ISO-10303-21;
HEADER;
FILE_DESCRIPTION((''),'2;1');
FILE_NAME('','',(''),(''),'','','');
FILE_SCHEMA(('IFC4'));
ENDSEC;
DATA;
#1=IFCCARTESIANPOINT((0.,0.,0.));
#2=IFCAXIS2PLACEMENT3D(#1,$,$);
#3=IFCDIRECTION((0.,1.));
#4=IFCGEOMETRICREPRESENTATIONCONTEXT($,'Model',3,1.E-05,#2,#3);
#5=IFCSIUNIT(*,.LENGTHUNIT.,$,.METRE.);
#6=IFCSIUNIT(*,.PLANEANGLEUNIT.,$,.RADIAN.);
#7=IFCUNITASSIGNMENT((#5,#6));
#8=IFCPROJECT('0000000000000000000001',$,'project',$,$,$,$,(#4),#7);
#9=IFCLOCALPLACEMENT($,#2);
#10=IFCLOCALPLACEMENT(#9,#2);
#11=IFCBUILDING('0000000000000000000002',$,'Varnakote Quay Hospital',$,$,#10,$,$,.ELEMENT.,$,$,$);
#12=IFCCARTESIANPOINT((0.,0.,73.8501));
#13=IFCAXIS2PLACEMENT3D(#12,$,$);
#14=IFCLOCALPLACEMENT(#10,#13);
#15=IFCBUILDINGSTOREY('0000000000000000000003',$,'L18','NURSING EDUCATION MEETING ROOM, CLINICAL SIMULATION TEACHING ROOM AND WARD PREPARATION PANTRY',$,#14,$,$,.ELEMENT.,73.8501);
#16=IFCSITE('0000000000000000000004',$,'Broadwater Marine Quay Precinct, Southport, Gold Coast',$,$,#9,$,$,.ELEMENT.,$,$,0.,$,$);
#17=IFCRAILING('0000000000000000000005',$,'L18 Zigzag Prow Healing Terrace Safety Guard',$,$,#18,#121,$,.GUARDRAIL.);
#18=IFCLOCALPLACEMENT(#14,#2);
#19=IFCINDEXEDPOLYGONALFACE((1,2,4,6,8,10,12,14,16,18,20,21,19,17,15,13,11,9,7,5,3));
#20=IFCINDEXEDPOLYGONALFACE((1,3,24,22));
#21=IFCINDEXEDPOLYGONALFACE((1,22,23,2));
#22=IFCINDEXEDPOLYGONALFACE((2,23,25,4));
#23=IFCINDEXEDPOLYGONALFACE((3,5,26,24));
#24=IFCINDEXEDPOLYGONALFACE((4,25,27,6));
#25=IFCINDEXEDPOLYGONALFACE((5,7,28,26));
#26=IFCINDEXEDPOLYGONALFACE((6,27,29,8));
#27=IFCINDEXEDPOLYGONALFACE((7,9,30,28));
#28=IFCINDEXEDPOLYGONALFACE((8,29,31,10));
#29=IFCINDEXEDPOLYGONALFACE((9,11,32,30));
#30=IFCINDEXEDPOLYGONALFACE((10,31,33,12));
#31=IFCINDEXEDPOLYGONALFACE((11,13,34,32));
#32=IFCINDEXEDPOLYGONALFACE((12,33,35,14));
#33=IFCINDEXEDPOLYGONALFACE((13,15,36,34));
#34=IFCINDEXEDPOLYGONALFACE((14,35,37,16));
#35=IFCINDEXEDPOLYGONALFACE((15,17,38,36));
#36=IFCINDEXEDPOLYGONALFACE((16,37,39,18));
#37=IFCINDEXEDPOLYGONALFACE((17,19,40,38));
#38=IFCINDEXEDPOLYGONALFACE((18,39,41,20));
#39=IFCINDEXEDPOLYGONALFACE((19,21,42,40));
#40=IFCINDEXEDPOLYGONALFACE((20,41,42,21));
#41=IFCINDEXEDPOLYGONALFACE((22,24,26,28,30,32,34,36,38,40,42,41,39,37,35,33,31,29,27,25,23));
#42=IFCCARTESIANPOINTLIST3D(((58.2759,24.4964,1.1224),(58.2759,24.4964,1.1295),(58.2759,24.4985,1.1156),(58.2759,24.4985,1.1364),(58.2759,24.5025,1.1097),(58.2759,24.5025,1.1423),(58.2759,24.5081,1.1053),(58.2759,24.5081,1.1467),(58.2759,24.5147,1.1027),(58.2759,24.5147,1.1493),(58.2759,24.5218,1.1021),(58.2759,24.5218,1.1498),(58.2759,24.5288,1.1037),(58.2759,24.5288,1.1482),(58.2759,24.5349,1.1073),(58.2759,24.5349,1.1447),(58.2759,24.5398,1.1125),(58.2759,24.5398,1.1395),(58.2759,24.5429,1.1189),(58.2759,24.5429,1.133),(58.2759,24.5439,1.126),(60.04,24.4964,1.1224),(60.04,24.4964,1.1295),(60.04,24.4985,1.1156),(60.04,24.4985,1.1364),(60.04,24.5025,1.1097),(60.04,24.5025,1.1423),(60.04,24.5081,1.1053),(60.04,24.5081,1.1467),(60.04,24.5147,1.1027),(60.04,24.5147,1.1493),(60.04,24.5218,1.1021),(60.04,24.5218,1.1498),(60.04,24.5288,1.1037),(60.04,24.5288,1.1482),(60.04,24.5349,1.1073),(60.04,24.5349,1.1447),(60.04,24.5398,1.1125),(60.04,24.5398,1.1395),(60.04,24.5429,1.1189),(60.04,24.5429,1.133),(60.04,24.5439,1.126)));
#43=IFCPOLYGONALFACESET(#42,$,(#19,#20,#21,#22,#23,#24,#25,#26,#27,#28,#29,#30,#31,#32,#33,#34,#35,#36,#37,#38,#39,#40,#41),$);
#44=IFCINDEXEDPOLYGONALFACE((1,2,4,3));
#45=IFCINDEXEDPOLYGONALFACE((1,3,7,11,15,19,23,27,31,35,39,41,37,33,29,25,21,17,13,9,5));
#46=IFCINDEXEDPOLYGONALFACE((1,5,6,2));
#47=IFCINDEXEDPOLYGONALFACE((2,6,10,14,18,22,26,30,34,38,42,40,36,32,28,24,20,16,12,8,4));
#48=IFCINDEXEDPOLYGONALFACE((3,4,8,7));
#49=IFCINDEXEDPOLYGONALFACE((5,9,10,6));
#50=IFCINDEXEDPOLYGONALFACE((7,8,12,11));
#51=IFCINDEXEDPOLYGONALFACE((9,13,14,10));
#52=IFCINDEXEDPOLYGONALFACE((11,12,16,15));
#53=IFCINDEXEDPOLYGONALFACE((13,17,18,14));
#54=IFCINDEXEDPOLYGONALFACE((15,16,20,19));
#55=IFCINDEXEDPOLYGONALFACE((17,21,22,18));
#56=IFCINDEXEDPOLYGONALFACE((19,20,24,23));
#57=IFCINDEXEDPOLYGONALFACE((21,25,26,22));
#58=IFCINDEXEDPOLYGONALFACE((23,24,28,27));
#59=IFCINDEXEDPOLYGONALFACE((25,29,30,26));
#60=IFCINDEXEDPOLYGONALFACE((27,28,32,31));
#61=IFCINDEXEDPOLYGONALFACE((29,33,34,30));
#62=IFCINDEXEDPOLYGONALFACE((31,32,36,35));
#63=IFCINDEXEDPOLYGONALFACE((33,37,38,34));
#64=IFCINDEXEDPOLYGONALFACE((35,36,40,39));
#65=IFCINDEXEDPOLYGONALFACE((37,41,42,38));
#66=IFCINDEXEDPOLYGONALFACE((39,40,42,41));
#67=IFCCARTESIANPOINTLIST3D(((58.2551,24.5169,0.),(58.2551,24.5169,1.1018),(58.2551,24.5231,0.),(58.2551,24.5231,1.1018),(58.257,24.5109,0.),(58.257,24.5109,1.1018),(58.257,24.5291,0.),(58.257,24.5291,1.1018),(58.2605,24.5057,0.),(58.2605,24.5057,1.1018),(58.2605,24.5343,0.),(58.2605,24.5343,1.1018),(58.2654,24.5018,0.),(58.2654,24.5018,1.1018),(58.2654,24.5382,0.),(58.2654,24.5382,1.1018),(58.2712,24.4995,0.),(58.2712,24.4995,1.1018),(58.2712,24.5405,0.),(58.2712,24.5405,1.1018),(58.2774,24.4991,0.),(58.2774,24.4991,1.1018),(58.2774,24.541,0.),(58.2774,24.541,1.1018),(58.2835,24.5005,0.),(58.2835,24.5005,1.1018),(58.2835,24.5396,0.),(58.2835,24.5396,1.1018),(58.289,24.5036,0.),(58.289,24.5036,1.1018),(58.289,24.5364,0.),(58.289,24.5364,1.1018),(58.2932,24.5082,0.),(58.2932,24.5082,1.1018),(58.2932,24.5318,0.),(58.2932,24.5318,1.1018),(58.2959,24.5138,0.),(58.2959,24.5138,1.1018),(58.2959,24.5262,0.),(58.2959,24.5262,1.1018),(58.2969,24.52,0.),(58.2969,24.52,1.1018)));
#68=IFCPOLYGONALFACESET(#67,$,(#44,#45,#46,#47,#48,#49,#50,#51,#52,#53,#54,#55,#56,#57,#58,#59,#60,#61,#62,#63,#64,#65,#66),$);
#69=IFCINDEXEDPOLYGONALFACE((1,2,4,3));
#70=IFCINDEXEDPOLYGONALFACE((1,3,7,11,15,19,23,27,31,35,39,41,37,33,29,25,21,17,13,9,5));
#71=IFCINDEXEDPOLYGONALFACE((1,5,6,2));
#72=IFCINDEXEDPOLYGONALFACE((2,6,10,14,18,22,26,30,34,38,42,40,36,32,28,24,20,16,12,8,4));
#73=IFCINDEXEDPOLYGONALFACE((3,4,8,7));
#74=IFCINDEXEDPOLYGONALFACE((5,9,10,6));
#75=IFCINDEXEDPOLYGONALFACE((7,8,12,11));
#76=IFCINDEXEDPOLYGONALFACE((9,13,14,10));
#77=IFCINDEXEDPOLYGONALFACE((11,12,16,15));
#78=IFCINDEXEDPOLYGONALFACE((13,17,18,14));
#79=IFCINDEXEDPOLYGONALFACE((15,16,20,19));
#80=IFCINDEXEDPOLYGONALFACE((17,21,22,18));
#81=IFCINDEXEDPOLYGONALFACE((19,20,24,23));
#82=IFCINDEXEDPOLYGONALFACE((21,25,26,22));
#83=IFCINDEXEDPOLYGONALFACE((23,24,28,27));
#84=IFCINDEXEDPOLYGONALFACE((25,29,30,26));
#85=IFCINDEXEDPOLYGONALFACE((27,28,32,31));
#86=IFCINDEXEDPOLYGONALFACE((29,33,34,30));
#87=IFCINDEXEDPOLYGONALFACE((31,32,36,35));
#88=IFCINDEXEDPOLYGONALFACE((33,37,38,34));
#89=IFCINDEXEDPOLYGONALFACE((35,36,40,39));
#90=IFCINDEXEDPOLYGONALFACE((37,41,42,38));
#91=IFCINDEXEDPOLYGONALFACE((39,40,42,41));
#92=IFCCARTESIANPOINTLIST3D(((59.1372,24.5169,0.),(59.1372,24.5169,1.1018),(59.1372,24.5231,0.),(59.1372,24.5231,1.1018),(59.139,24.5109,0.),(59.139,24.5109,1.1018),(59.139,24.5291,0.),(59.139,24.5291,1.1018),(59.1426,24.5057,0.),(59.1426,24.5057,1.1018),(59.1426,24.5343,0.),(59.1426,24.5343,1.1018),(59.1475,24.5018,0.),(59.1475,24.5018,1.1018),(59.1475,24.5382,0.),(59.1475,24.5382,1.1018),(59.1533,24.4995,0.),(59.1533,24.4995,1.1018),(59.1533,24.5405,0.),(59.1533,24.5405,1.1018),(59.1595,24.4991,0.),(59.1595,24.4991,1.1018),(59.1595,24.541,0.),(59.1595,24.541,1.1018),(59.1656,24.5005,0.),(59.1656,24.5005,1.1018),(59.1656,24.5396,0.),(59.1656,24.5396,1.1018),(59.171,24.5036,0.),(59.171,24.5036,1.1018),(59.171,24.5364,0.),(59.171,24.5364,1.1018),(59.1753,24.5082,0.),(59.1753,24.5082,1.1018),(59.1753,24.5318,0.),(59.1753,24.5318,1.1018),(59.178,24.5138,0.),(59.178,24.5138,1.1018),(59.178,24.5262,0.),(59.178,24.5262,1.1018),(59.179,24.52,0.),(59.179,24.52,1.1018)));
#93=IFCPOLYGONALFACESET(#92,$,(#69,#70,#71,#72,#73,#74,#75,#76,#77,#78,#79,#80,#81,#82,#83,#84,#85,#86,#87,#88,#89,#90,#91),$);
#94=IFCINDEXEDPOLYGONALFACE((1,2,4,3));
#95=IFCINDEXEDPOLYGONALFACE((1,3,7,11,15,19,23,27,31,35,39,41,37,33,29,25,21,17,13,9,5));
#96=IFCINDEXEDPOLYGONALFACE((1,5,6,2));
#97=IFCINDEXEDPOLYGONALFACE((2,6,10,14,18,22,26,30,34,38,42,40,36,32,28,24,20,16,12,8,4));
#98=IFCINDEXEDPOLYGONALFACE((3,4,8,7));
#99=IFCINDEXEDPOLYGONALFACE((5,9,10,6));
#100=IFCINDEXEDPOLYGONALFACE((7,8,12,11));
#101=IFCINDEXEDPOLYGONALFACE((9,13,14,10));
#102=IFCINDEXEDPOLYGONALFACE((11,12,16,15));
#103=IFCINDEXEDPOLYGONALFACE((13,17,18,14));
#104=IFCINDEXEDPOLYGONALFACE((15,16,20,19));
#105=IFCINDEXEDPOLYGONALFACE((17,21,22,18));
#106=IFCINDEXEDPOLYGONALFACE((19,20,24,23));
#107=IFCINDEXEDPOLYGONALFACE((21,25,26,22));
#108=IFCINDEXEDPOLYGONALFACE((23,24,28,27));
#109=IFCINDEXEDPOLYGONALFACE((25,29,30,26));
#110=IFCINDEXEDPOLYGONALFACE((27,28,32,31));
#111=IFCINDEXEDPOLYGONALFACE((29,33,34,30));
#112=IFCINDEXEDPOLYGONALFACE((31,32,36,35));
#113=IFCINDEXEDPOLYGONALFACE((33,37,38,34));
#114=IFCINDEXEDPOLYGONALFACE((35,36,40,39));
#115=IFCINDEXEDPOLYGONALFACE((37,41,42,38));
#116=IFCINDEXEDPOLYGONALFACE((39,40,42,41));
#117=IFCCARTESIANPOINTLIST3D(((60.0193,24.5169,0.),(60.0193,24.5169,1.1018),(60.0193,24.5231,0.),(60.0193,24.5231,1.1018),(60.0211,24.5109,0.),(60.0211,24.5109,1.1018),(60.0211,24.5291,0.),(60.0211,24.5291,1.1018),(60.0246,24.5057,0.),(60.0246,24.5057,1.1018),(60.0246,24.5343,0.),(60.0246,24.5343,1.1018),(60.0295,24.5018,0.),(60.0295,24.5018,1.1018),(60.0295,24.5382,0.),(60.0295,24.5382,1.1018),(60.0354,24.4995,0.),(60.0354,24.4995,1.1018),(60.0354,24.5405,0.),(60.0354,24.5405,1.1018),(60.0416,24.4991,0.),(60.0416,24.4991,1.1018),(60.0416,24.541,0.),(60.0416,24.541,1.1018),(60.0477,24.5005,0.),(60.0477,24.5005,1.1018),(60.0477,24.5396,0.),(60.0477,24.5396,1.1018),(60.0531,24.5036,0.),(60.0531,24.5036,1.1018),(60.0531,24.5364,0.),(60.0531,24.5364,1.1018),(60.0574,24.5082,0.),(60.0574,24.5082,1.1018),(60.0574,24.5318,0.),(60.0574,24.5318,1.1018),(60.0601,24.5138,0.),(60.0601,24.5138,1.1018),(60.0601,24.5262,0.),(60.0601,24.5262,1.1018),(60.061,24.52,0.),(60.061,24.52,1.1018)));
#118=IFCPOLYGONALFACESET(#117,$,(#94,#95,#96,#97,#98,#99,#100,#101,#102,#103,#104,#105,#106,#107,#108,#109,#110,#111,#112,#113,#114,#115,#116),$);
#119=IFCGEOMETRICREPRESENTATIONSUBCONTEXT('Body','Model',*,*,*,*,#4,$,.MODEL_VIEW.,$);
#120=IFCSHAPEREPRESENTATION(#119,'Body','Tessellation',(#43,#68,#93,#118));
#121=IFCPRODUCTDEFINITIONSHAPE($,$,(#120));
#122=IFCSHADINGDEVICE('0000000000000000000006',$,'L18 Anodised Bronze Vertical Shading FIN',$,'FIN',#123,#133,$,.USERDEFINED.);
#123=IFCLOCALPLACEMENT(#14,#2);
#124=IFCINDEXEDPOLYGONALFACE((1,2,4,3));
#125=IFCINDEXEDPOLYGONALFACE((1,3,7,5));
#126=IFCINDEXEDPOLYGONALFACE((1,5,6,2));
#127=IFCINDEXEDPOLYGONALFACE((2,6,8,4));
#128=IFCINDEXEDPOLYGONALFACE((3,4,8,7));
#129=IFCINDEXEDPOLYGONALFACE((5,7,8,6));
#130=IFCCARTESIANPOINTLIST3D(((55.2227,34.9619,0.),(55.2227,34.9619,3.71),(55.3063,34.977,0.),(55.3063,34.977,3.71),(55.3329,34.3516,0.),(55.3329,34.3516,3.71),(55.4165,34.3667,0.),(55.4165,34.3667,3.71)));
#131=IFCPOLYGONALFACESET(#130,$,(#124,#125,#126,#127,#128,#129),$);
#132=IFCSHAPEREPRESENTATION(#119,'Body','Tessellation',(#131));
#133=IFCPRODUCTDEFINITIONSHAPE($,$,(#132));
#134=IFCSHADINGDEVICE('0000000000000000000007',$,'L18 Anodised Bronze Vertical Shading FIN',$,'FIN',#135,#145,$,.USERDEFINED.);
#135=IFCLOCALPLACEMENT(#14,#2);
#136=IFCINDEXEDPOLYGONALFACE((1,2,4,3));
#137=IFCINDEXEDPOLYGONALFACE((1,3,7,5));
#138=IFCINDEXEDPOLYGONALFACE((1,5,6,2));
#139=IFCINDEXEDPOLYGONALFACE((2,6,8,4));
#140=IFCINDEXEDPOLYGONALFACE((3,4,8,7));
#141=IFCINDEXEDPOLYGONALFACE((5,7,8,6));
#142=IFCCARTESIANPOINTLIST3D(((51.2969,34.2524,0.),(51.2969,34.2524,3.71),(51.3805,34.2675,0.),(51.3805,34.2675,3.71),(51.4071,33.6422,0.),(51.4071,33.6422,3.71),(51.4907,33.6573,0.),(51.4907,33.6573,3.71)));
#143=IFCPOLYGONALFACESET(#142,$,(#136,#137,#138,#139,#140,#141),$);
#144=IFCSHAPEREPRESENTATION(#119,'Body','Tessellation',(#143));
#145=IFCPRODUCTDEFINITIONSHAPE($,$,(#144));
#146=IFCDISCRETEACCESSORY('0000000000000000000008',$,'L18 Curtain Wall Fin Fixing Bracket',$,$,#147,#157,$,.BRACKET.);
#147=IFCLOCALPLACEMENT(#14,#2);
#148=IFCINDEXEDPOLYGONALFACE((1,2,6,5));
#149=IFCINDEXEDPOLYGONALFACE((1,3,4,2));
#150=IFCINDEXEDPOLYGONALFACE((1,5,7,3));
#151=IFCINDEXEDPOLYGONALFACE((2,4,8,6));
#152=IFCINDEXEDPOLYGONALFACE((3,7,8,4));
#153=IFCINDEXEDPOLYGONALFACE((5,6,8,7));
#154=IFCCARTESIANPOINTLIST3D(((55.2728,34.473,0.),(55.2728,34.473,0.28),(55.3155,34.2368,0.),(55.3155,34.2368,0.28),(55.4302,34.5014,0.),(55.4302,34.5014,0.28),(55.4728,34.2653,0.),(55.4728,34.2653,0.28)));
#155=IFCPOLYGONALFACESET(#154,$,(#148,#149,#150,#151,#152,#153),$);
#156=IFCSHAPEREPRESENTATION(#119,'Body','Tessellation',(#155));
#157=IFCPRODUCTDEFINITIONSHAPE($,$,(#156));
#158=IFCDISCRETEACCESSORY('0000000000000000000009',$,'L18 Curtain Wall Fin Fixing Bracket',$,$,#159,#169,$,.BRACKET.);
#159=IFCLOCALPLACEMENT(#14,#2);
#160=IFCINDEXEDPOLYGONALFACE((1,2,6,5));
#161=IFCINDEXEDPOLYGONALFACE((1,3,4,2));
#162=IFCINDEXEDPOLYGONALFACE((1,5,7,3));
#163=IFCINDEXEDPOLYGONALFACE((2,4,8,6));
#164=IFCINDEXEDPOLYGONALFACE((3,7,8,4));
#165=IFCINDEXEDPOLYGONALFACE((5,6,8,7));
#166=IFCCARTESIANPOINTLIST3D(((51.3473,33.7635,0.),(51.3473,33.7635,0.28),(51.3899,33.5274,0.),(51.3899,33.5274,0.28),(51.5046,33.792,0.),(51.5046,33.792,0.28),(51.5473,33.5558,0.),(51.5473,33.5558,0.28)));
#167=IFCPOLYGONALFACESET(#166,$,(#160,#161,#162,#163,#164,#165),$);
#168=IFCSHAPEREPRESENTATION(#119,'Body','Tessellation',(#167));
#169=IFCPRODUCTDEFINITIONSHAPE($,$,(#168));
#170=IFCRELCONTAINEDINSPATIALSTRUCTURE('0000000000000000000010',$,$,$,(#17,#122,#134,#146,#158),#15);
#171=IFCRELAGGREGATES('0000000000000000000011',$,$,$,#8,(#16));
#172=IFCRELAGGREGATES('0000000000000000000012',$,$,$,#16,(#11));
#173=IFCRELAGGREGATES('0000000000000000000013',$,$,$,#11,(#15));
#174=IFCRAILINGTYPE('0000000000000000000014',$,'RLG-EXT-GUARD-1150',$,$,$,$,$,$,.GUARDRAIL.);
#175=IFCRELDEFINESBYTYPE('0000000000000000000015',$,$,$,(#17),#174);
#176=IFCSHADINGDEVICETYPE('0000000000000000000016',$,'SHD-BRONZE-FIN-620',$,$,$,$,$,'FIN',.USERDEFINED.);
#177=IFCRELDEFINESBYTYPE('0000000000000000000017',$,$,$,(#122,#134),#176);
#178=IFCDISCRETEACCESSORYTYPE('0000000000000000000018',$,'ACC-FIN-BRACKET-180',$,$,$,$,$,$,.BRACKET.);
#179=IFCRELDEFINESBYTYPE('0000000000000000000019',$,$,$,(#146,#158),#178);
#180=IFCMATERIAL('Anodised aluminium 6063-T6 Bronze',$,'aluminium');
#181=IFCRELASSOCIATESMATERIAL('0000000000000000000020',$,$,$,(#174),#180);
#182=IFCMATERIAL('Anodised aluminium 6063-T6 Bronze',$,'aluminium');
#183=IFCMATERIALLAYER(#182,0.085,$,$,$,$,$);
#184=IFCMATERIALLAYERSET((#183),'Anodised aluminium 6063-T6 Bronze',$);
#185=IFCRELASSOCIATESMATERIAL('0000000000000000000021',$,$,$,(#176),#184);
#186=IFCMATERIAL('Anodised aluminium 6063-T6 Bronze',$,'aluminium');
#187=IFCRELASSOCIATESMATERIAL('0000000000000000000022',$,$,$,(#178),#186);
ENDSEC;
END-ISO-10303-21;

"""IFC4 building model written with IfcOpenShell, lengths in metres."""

from ifc_helpers import new_model, si_unit, direction, frame, origin, origin_2d, place, context, subcontext, project, spatial, rectangle, circle, extrude, material, layer, layer_set, type_object, element, save


model = new_model("IFC4")

# Units and contexts
model_context = context("Model", 3, precision=1e-05, world=origin(), true_north=direction((0.0, 1.0)))
body_context = subcontext(model_context, "Body", "Model", "MODEL_VIEW")
ifc_project = project(units=[si_unit("LENGTHUNIT", "METRE"), si_unit("PLANEANGLEUNIT", "RADIAN")], contexts=[model_context])

# Site, building, storey
site_placement = place(None, origin())
site = spatial("IfcSite", under=ifc_project, at=site_placement, Name="Broadwater Marine Quay Precinct, Southport, Gold Coast", CompositionType="ELEMENT", RefElevation=0.0)
building_placement = place(site_placement, origin())
building = spatial("IfcBuilding", under=site, at=building_placement, Name="Varnakote Quay Hospital", CompositionType="ELEMENT")
storey_placement = place(building_placement, frame((0.0, 0.0, 73.8501)))
storey = spatial("IfcBuildingStorey", under=building, at=storey_placement, Name="L18", Description="NURSING EDUCATION MEETING ROOM, CLINICAL SIMULATION TEACHING ROOM AND WARD PREPARATION PANTRY", CompositionType="ELEMENT", Elevation=73.8501)

# Railing
ifc_material_1 = material(Name="Anodised aluminium 6063-T6 Bronze", Category="aluminium")
railing_type = type_object("IfcRailingType", Name="RLG-EXT-GUARD-1150", PredefinedType="GUARDRAIL", material=ifc_material_1)
railing_1_placement = place(storey_placement, frame((58.2759, 24.52, 0.0)))
element("IfcRailing", 1, at=railing_1_placement, inside=storey, type_object=railing_type, Name="L18 Zigzag Prow Healing Terrace Safety Guard", PredefinedType="GUARDRAIL", context=body_context, shape_type="SweptSolid", body=[
    extrude(circle(Radius=0.0239, at=origin_2d()), frame((0.0, 0.0, 1.126), z_axis=(1.0, 0.0, 0.0), x_axis=(0.0, 1.0, 0.0)), (0.0, 0.0, 1.0), 1.7642),
    extrude(circle(Radius=0.021, at=origin_2d()), origin(), (0.0, 0.0, 1.0), 1.1018),
    extrude(circle(Radius=0.021, at=origin_2d()), frame((0.8821, 0.0, 0.0)), (0.0, 0.0, 1.0), 1.1018),
    extrude(circle(Radius=0.021, at=origin_2d()), frame((1.7642, 0.0, 0.0)), (0.0, 0.0, 1.0), 1.1018),
])

# Shading devices
ifc_material_2 = material(Name="Anodised aluminium 6063-T6 Bronze", Category="aluminium")
ifc_layer_1 = layer(ifc_material_2, 0.085)
ifc_layer_set_1 = layer_set([ifc_layer_1], Name="Anodised aluminium 6063-T6 Bronze")
shading_device_type = type_object("IfcShadingDeviceType", Name="SHD-BRONZE-FIN-620", ElementType="FIN", PredefinedType="USERDEFINED", material=ifc_layer_set_1)
for number, where, z_axis, x_axis, name in (
    (2, (55.3196, 34.6643, 0.0), (0.0, 0.0, 1.0), (0.177772, -0.984072, 0.0), "L18 Anodised Bronze Vertical Shading FIN"),
    (3, (51.3938, 33.9548, 0.0), (0.0, 0.0, 1.0), (0.177772, -0.984072, 0.0), "L18 Anodised Bronze Vertical Shading FIN"),
):
    element("IfcShadingDevice", number, at=place(storey_placement, frame(where, z_axis=z_axis, x_axis=x_axis)), inside=storey, type_object=shading_device_type, Name=name, ObjectType="FIN", PredefinedType="USERDEFINED", context=body_context, shape_type="SweptSolid", body=[
        extrude(rectangle(XDim=0.6201, YDim=0.085, at=origin_2d()), origin(), (0.0, 0.0, 1.0), 3.71),
    ])

# Discrete accessories
ifc_material_3 = material(Name="Anodised aluminium 6063-T6 Bronze", Category="aluminium")
discrete_accessory_type = type_object("IfcDiscreteAccessoryType", Name="ACC-FIN-BRACKET-180", PredefinedType="BRACKET", material=ifc_material_3)
for number, where, z_axis, x_axis, name in (
    (4, (55.3728, 34.3691, 0.0), (0.0, 0.0, 1.0), (-0.984072, -0.177772, 0.0), "L18 Curtain Wall Fin Fixing Bracket"),
    (5, (51.4473, 33.6597, 0.0), (0.0, 0.0, 1.0), (-0.984072, -0.177772, 0.0), "L18 Curtain Wall Fin Fixing Bracket"),
):
    element("IfcDiscreteAccessory", number, at=place(storey_placement, frame(where, z_axis=z_axis, x_axis=x_axis)), inside=storey, type_object=discrete_accessory_type, Name=name, PredefinedType="BRACKET", context=body_context, shape_type="SweptSolid", body=[
        extrude(rectangle(XDim=0.1599, YDim=0.24, at=origin_2d()), origin(), (0.0, 0.0, 1.0), 0.28),
    ])

save(model, "model.ifc")
